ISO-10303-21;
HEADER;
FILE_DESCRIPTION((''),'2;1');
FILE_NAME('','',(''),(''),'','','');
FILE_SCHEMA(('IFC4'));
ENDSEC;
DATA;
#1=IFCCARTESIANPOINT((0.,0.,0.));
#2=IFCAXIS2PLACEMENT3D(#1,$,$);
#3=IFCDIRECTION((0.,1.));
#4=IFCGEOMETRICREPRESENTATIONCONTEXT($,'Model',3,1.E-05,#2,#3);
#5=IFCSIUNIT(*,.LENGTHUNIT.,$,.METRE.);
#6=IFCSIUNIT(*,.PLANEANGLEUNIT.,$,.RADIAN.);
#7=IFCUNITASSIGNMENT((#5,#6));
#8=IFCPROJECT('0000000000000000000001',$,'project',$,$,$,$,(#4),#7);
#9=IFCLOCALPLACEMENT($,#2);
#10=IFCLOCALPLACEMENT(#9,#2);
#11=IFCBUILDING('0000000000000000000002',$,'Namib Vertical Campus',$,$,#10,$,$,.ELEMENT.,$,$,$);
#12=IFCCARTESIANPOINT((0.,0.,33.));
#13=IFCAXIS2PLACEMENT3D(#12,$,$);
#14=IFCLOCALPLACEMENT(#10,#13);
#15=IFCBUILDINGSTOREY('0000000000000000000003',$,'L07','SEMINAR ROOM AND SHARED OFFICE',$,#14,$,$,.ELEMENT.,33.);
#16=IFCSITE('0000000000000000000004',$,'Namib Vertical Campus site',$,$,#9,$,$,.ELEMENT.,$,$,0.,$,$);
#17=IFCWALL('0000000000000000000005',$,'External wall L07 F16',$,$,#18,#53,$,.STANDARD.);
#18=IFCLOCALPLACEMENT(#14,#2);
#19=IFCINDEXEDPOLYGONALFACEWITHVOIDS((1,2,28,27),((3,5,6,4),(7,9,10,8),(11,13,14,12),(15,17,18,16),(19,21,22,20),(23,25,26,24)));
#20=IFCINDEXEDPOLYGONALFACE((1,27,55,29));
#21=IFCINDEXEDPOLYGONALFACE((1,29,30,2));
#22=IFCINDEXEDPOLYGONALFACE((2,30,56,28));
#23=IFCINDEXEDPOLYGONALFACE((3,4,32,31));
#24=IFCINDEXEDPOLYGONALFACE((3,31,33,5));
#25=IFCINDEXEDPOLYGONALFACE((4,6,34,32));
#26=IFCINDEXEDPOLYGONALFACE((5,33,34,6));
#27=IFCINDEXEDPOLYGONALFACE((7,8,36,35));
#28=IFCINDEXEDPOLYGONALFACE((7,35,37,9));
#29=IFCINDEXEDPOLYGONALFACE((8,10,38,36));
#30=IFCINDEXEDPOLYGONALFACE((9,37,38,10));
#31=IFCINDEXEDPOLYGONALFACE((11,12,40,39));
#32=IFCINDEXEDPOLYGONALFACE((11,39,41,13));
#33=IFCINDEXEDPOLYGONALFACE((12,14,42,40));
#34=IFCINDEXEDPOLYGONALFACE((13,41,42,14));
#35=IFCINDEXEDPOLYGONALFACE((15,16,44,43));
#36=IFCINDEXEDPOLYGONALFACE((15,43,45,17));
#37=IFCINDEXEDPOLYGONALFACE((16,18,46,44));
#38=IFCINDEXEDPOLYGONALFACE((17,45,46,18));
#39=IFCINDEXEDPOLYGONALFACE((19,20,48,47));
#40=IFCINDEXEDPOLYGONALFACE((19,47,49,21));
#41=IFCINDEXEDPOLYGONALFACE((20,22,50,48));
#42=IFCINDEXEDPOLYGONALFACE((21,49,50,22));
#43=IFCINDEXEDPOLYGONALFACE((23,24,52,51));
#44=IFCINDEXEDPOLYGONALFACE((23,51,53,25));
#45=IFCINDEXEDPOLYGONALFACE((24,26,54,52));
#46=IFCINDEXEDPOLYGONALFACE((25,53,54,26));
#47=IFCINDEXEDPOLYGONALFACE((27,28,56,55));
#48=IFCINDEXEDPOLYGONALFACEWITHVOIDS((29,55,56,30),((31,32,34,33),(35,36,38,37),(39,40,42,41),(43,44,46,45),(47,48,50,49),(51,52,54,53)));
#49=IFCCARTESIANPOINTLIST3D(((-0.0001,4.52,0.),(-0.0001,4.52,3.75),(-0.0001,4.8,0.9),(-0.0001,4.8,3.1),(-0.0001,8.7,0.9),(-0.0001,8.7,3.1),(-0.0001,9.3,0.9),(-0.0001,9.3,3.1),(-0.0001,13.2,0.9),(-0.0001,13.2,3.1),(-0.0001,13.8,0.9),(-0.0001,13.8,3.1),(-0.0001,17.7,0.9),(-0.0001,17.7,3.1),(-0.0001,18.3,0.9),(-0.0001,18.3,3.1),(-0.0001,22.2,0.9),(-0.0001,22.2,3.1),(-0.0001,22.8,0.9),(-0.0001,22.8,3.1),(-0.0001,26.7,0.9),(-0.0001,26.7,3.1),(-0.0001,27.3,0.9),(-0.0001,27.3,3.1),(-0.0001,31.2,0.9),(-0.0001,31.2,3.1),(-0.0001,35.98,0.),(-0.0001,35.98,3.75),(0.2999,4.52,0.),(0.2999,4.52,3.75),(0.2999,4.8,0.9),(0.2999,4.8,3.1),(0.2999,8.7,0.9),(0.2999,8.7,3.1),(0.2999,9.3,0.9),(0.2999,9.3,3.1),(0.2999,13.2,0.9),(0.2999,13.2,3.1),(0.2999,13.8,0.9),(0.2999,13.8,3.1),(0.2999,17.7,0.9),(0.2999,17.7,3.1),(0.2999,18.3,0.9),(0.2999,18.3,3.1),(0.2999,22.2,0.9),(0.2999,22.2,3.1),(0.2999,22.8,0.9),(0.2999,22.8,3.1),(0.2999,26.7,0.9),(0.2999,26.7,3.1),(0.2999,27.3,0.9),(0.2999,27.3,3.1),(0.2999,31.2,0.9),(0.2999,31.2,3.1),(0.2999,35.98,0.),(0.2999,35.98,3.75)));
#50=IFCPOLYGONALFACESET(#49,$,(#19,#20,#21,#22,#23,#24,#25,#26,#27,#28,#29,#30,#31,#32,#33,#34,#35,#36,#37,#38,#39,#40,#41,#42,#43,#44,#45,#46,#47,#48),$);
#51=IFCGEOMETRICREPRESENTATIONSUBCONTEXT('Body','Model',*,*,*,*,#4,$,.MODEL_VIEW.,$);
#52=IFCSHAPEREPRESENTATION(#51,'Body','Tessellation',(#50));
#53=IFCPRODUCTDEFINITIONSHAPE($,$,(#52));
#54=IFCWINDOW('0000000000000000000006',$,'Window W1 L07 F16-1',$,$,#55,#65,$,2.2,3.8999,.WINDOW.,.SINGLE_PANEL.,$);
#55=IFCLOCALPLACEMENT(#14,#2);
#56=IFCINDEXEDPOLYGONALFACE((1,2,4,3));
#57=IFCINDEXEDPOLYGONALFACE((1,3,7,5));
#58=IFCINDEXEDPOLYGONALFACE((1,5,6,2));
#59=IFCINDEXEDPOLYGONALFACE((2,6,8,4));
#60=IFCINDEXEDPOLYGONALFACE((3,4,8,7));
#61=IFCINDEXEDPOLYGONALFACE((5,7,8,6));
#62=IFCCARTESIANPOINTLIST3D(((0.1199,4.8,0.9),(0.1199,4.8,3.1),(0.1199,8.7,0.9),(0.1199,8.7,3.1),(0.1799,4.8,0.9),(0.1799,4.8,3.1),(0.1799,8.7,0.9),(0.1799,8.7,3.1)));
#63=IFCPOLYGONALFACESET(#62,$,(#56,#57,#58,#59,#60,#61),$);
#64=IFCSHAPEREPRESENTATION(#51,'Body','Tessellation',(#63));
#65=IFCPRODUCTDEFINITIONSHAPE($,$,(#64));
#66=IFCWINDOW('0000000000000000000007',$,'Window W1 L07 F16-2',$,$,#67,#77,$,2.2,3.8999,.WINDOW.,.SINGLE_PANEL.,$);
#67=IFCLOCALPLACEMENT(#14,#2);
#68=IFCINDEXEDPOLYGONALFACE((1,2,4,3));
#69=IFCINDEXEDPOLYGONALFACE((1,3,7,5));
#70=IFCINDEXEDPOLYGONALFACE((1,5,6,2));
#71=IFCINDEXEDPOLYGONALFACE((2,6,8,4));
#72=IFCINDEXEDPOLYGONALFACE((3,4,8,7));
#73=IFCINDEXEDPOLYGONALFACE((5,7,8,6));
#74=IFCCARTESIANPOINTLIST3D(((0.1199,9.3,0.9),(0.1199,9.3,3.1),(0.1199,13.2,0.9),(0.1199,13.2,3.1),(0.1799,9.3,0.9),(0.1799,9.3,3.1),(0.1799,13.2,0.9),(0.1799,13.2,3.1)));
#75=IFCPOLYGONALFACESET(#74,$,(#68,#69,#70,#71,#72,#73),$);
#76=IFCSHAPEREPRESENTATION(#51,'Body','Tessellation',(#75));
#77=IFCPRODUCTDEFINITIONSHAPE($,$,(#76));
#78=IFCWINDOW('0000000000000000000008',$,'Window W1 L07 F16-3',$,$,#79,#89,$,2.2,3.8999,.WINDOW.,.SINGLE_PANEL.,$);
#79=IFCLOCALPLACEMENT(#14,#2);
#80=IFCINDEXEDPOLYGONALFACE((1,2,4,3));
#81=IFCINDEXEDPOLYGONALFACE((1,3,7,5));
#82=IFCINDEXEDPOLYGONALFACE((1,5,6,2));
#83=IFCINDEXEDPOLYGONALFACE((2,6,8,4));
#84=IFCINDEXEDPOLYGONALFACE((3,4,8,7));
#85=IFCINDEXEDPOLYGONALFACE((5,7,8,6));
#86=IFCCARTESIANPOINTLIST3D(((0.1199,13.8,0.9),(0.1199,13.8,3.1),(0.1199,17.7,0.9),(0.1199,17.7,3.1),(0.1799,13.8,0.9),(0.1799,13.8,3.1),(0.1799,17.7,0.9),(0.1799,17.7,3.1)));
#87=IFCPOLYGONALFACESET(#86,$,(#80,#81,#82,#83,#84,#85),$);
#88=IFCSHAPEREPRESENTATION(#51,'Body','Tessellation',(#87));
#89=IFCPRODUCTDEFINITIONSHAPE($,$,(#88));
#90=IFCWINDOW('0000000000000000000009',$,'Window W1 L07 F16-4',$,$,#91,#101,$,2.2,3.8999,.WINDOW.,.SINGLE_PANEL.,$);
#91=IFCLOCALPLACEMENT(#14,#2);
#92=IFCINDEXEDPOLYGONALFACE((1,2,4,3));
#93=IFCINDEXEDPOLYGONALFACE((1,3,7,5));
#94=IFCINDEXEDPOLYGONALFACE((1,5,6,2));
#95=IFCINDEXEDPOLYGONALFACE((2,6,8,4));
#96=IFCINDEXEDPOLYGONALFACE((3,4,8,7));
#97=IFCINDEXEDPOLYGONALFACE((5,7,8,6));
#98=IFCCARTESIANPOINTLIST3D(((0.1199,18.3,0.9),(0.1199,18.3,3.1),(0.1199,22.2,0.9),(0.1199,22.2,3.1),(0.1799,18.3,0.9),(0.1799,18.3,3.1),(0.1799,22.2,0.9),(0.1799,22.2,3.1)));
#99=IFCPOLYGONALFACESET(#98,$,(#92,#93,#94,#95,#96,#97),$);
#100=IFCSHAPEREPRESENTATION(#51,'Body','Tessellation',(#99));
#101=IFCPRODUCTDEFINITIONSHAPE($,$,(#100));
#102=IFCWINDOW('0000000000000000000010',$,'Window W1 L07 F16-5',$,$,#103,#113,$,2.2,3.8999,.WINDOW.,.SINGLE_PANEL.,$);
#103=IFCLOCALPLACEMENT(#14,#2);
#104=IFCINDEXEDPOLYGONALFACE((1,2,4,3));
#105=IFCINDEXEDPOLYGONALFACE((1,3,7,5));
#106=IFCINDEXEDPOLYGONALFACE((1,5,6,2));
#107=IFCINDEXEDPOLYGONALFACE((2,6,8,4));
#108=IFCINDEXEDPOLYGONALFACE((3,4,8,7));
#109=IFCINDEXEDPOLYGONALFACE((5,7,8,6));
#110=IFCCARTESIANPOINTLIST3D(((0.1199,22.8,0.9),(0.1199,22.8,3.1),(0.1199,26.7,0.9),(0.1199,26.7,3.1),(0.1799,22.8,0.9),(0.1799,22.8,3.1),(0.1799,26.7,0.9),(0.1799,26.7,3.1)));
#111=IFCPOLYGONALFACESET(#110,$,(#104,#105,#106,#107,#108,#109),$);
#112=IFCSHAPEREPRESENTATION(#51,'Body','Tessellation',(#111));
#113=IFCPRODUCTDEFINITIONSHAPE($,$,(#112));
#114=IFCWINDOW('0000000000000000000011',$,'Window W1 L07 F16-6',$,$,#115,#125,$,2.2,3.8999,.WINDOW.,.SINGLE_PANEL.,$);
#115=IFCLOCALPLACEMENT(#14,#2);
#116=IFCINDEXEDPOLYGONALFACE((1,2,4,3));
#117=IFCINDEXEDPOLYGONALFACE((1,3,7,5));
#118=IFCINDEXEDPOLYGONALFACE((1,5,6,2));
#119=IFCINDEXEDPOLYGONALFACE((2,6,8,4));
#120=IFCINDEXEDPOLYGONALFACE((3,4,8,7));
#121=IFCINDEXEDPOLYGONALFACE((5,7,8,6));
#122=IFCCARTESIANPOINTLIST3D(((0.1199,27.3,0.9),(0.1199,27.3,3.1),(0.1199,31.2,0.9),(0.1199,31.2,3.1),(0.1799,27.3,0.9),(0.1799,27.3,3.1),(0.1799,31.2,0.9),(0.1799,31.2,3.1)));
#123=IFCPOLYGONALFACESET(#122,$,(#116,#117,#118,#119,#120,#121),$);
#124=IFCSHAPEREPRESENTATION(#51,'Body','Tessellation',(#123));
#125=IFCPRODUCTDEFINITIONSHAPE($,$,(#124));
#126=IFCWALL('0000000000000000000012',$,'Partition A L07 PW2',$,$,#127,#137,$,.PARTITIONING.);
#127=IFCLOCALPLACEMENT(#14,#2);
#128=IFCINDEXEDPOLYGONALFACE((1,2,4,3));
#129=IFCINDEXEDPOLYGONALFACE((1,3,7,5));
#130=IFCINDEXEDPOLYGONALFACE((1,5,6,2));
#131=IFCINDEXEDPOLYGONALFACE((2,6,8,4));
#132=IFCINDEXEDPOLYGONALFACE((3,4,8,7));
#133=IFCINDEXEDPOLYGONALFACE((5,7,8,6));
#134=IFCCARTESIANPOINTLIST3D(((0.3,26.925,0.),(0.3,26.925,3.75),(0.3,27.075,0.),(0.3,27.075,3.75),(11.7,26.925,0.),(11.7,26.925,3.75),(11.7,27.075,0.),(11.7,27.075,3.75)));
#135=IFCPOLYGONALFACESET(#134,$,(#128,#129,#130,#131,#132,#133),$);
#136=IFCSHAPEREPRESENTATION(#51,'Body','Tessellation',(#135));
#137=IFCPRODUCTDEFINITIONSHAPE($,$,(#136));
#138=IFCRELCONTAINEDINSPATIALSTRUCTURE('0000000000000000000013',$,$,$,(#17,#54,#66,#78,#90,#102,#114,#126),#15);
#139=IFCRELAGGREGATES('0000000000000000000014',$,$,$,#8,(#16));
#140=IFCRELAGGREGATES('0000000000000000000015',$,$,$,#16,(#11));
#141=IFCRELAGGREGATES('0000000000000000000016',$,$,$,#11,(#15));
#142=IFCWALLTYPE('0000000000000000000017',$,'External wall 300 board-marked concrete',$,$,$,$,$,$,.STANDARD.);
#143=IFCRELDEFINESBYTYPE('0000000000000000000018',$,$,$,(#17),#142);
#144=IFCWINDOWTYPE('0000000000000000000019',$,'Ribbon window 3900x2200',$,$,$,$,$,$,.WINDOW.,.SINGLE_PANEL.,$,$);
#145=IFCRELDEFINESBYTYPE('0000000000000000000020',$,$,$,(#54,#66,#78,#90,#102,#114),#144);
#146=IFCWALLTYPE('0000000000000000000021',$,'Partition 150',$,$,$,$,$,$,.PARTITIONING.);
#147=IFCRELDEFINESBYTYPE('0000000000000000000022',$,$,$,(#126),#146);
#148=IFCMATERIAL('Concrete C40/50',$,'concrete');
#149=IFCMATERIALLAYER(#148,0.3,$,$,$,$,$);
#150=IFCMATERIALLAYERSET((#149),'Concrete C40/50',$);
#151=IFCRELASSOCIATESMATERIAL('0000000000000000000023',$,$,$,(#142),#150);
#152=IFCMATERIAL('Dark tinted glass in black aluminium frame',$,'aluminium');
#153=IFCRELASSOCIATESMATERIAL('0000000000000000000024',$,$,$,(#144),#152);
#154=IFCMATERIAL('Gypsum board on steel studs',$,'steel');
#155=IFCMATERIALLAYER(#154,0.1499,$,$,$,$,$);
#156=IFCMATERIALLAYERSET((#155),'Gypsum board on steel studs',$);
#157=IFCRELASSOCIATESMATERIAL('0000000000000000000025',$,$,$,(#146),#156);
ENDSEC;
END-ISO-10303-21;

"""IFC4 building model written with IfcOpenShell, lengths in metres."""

from ifc_helpers import new_model, si_unit, direction, frame, frame_2d, origin, place, context, subcontext, project, spatial, rectangle, extrude, material, layer, layer_set, type_object, element, fill, save


model = new_model("IFC4")

# Units and contexts
model_context = context("Model", 3, precision=1e-05, world=origin(), true_north=direction((0.0, 1.0)))
body_context = subcontext(model_context, "Body", "Model", "MODEL_VIEW")
ifc_project = project(units=[si_unit("LENGTHUNIT", "METRE"), si_unit("PLANEANGLEUNIT", "RADIAN")], contexts=[model_context])

# Site, building, storey
site_placement = place(None, origin())
site = spatial("IfcSite", under=ifc_project, at=site_placement, Name="Namib Vertical Campus site", CompositionType="ELEMENT", RefElevation=0.0)
building_placement = place(site_placement, origin())
building = spatial("IfcBuilding", under=site, at=building_placement, Name="Namib Vertical Campus", CompositionType="ELEMENT")
storey_placement = place(building_placement, frame((0.0, 0.0, 33.0)))
storey = spatial("IfcBuildingStorey", under=building, at=storey_placement, Name="L07", Description="SEMINAR ROOM AND SHARED OFFICE", CompositionType="ELEMENT", Elevation=33.0)

# Shared definitions
ifc_material_1 = material(Name="Concrete C40/50", Category="concrete")
ifc_layer_1 = layer(ifc_material_1, 0.3)
ifc_layer_set_1 = layer_set([ifc_layer_1], Name="Concrete C40/50")
wall_type_1 = type_object("IfcWallType", Name="External wall 300 board-marked concrete", PredefinedType="STANDARD", material=ifc_layer_set_1)

# Wall, openings, windows
wall_1_placement = place(storey_placement, frame((0.1499, 35.98, 0.0), z_axis=(0.0, 0.0, 1.0), x_axis=(0.0, -1.0, 0.0)))
wall_1 = element("IfcWall", 1, at=wall_1_placement, inside=storey, type_object=wall_type_1, Name="External wall L07 F16", PredefinedType="STANDARD", context=body_context, shape_type="SweptSolid", body=[
    extrude(rectangle(XDim=31.46, YDim=0.3, at=frame_2d((15.73, 0.0))), origin(), (0.0, 0.0, 1.0), 3.75),
])
opening_1_placement = place(wall_1_placement, frame((27.28, 0.0, 0.8999)))
opening_1 = element("IfcOpeningElement", 2, at=opening_1_placement, cuts=wall_1, PredefinedType="OPENING", context=body_context, shape_type="SweptSolid", body=[
    extrude(rectangle(XDim=3.8999, YDim=2.2, at=frame_2d((1.95, 1.1001))), frame((0.0, 0.1599, 0.0), z_axis=(0.0, -1.0, 0.0), x_axis=(1.0, 0.0, 0.0)), (0.0, 0.0, 1.0), 0.3201),
])
opening_2_placement = place(wall_1_placement, frame((22.78, 0.0, 0.8999)))
opening_2 = element("IfcOpeningElement", 3, at=opening_2_placement, cuts=wall_1, PredefinedType="OPENING", context=body_context, shape_type="SweptSolid", body=[
    extrude(rectangle(XDim=3.8999, YDim=2.2, at=frame_2d((1.95, 1.1001))), frame((0.0, 0.1599, 0.0), z_axis=(0.0, -1.0, 0.0), x_axis=(1.0, 0.0, 0.0)), (0.0, 0.0, 1.0), 0.3201),
])
opening_3_placement = place(wall_1_placement, frame((18.28, 0.0, 0.8999)))
opening_3 = element("IfcOpeningElement", 4, at=opening_3_placement, cuts=wall_1, PredefinedType="OPENING", context=body_context, shape_type="SweptSolid", body=[
    extrude(rectangle(XDim=3.8999, YDim=2.2, at=frame_2d((1.95, 1.1001))), frame((0.0, 0.1599, 0.0), z_axis=(0.0, -1.0, 0.0), x_axis=(1.0, 0.0, 0.0)), (0.0, 0.0, 1.0), 0.3201),
])
opening_4_placement = place(wall_1_placement, frame((13.78, 0.0, 0.8999)))
opening_4 = element("IfcOpeningElement", 5, at=opening_4_placement, cuts=wall_1, PredefinedType="OPENING", context=body_context, shape_type="SweptSolid", body=[
    extrude(rectangle(XDim=3.8999, YDim=2.2, at=frame_2d((1.95, 1.1001))), frame((0.0, 0.1599, 0.0), z_axis=(0.0, -1.0, 0.0), x_axis=(1.0, 0.0, 0.0)), (0.0, 0.0, 1.0), 0.3201),
])
opening_5_placement = place(wall_1_placement, frame((9.28, 0.0, 0.8999)))
opening_5 = element("IfcOpeningElement", 6, at=opening_5_placement, cuts=wall_1, PredefinedType="OPENING", context=body_context, shape_type="SweptSolid", body=[
    extrude(rectangle(XDim=3.8999, YDim=2.2, at=frame_2d((1.95, 1.1001))), frame((0.0, 0.1599, 0.0), z_axis=(0.0, -1.0, 0.0), x_axis=(1.0, 0.0, 0.0)), (0.0, 0.0, 1.0), 0.3201),
])
opening_6_placement = place(wall_1_placement, frame((4.78, 0.0, 0.8999)))
opening_6 = element("IfcOpeningElement", 7, at=opening_6_placement, cuts=wall_1, PredefinedType="OPENING", context=body_context, shape_type="SweptSolid", body=[
    extrude(rectangle(XDim=3.8999, YDim=2.2, at=frame_2d((1.95, 1.1001))), frame((0.0, 0.1599, 0.0), z_axis=(0.0, -1.0, 0.0), x_axis=(1.0, 0.0, 0.0)), (0.0, 0.0, 1.0), 0.3201),
])
ifc_material_2 = material(Name="Dark tinted glass in black aluminium frame", Category="aluminium")
window_type = type_object("IfcWindowType", Name="Ribbon window 3900x2200", PartitioningType="SINGLE_PANEL", PredefinedType="WINDOW", material=ifc_material_2)
window_1_placement = place(opening_1_placement, origin())
window_1 = element("IfcWindow", 8, at=window_1_placement, inside=storey, type_object=window_type, Name="Window W1 L07 F16-1", OverallHeight=2.2, OverallWidth=3.8999, PartitioningType="SINGLE_PANEL", PredefinedType="WINDOW", context=body_context, shape_type="SweptSolid", body=[
    extrude(rectangle(XDim=3.8999, YDim=2.2, at=frame_2d((1.95, 1.1001))), frame((0.0, 0.03, 0.0), z_axis=(0.0, -1.0, 0.0), x_axis=(1.0, 0.0, 0.0)), (0.0, 0.0, 1.0), 0.0601),
])
fill(opening_1, window_1)
window_2_placement = place(opening_2_placement, origin())
window_2 = element("IfcWindow", 9, at=window_2_placement, inside=storey, type_object=window_type, Name="Window W1 L07 F16-2", OverallHeight=2.2, OverallWidth=3.8999, PartitioningType="SINGLE_PANEL", PredefinedType="WINDOW", context=body_context, shape_type="SweptSolid", body=[
    extrude(rectangle(XDim=3.8999, YDim=2.2, at=frame_2d((1.95, 1.1001))), frame((0.0, 0.03, 0.0), z_axis=(0.0, -1.0, 0.0), x_axis=(1.0, 0.0, 0.0)), (0.0, 0.0, 1.0), 0.0601),
])
fill(opening_2, window_2)
window_3_placement = place(opening_3_placement, origin())
window_3 = element("IfcWindow", 10, at=window_3_placement, inside=storey, type_object=window_type, Name="Window W1 L07 F16-3", OverallHeight=2.2, OverallWidth=3.8999, PartitioningType="SINGLE_PANEL", PredefinedType="WINDOW", context=body_context, shape_type="SweptSolid", body=[
    extrude(rectangle(XDim=3.8999, YDim=2.2, at=frame_2d((1.95, 1.1001))), frame((0.0, 0.03, 0.0), z_axis=(0.0, -1.0, 0.0), x_axis=(1.0, 0.0, 0.0)), (0.0, 0.0, 1.0), 0.0601),
])
fill(opening_3, window_3)
window_4_placement = place(opening_4_placement, origin())
window_4 = element("IfcWindow", 11, at=window_4_placement, inside=storey, type_object=window_type, Name="Window W1 L07 F16-4", OverallHeight=2.2, OverallWidth=3.8999, PartitioningType="SINGLE_PANEL", PredefinedType="WINDOW", context=body_context, shape_type="SweptSolid", body=[
    extrude(rectangle(XDim=3.8999, YDim=2.2, at=frame_2d((1.95, 1.1001))), frame((0.0, 0.03, 0.0), z_axis=(0.0, -1.0, 0.0), x_axis=(1.0, 0.0, 0.0)), (0.0, 0.0, 1.0), 0.0601),
])
fill(opening_4, window_4)
window_5_placement = place(opening_5_placement, origin())
window_5 = element("IfcWindow", 12, at=window_5_placement, inside=storey, type_object=window_type, Name="Window W1 L07 F16-5", OverallHeight=2.2, OverallWidth=3.8999, PartitioningType="SINGLE_PANEL", PredefinedType="WINDOW", context=body_context, shape_type="SweptSolid", body=[
    extrude(rectangle(XDim=3.8999, YDim=2.2, at=frame_2d((1.95, 1.1001))), frame((0.0, 0.03, 0.0), z_axis=(0.0, -1.0, 0.0), x_axis=(1.0, 0.0, 0.0)), (0.0, 0.0, 1.0), 0.0601),
])
fill(opening_5, window_5)
window_6_placement = place(opening_6_placement, origin())
window_6 = element("IfcWindow", 13, at=window_6_placement, inside=storey, type_object=window_type, Name="Window W1 L07 F16-6", OverallHeight=2.2, OverallWidth=3.8999, PartitioningType="SINGLE_PANEL", PredefinedType="WINDOW", context=body_context, shape_type="SweptSolid", body=[
    extrude(rectangle(XDim=3.8999, YDim=2.2, at=frame_2d((1.95, 1.1001))), frame((0.0, 0.03, 0.0), z_axis=(0.0, -1.0, 0.0), x_axis=(1.0, 0.0, 0.0)), (0.0, 0.0, 1.0), 0.0601),
])
fill(opening_6, window_6)

# Wall
ifc_material_3 = material(Name="Gypsum board on steel studs", Category="steel")
ifc_layer_2 = layer(ifc_material_3, 0.1499)
ifc_layer_set_2 = layer_set([ifc_layer_2], Name="Gypsum board on steel studs")
wall_type_2 = type_object("IfcWallType", Name="Partition 150", PredefinedType="PARTITIONING", material=ifc_layer_set_2)
wall_2_placement = place(storey_placement, frame((0.3, 27.0, 0.0), z_axis=(0.0, 0.0, 1.0), x_axis=(1.0, 0.0, 0.0)))
element("IfcWall", 14, at=wall_2_placement, inside=storey, type_object=wall_type_2, Name="Partition A L07 PW2", PredefinedType="PARTITIONING", context=body_context, shape_type="SweptSolid", body=[
    extrude(rectangle(XDim=11.3999, YDim=0.1499, at=frame_2d((5.7, 0.0))), origin(), (0.0, 0.0, 1.0), 3.75),
])

save(model, "model.ifc")
